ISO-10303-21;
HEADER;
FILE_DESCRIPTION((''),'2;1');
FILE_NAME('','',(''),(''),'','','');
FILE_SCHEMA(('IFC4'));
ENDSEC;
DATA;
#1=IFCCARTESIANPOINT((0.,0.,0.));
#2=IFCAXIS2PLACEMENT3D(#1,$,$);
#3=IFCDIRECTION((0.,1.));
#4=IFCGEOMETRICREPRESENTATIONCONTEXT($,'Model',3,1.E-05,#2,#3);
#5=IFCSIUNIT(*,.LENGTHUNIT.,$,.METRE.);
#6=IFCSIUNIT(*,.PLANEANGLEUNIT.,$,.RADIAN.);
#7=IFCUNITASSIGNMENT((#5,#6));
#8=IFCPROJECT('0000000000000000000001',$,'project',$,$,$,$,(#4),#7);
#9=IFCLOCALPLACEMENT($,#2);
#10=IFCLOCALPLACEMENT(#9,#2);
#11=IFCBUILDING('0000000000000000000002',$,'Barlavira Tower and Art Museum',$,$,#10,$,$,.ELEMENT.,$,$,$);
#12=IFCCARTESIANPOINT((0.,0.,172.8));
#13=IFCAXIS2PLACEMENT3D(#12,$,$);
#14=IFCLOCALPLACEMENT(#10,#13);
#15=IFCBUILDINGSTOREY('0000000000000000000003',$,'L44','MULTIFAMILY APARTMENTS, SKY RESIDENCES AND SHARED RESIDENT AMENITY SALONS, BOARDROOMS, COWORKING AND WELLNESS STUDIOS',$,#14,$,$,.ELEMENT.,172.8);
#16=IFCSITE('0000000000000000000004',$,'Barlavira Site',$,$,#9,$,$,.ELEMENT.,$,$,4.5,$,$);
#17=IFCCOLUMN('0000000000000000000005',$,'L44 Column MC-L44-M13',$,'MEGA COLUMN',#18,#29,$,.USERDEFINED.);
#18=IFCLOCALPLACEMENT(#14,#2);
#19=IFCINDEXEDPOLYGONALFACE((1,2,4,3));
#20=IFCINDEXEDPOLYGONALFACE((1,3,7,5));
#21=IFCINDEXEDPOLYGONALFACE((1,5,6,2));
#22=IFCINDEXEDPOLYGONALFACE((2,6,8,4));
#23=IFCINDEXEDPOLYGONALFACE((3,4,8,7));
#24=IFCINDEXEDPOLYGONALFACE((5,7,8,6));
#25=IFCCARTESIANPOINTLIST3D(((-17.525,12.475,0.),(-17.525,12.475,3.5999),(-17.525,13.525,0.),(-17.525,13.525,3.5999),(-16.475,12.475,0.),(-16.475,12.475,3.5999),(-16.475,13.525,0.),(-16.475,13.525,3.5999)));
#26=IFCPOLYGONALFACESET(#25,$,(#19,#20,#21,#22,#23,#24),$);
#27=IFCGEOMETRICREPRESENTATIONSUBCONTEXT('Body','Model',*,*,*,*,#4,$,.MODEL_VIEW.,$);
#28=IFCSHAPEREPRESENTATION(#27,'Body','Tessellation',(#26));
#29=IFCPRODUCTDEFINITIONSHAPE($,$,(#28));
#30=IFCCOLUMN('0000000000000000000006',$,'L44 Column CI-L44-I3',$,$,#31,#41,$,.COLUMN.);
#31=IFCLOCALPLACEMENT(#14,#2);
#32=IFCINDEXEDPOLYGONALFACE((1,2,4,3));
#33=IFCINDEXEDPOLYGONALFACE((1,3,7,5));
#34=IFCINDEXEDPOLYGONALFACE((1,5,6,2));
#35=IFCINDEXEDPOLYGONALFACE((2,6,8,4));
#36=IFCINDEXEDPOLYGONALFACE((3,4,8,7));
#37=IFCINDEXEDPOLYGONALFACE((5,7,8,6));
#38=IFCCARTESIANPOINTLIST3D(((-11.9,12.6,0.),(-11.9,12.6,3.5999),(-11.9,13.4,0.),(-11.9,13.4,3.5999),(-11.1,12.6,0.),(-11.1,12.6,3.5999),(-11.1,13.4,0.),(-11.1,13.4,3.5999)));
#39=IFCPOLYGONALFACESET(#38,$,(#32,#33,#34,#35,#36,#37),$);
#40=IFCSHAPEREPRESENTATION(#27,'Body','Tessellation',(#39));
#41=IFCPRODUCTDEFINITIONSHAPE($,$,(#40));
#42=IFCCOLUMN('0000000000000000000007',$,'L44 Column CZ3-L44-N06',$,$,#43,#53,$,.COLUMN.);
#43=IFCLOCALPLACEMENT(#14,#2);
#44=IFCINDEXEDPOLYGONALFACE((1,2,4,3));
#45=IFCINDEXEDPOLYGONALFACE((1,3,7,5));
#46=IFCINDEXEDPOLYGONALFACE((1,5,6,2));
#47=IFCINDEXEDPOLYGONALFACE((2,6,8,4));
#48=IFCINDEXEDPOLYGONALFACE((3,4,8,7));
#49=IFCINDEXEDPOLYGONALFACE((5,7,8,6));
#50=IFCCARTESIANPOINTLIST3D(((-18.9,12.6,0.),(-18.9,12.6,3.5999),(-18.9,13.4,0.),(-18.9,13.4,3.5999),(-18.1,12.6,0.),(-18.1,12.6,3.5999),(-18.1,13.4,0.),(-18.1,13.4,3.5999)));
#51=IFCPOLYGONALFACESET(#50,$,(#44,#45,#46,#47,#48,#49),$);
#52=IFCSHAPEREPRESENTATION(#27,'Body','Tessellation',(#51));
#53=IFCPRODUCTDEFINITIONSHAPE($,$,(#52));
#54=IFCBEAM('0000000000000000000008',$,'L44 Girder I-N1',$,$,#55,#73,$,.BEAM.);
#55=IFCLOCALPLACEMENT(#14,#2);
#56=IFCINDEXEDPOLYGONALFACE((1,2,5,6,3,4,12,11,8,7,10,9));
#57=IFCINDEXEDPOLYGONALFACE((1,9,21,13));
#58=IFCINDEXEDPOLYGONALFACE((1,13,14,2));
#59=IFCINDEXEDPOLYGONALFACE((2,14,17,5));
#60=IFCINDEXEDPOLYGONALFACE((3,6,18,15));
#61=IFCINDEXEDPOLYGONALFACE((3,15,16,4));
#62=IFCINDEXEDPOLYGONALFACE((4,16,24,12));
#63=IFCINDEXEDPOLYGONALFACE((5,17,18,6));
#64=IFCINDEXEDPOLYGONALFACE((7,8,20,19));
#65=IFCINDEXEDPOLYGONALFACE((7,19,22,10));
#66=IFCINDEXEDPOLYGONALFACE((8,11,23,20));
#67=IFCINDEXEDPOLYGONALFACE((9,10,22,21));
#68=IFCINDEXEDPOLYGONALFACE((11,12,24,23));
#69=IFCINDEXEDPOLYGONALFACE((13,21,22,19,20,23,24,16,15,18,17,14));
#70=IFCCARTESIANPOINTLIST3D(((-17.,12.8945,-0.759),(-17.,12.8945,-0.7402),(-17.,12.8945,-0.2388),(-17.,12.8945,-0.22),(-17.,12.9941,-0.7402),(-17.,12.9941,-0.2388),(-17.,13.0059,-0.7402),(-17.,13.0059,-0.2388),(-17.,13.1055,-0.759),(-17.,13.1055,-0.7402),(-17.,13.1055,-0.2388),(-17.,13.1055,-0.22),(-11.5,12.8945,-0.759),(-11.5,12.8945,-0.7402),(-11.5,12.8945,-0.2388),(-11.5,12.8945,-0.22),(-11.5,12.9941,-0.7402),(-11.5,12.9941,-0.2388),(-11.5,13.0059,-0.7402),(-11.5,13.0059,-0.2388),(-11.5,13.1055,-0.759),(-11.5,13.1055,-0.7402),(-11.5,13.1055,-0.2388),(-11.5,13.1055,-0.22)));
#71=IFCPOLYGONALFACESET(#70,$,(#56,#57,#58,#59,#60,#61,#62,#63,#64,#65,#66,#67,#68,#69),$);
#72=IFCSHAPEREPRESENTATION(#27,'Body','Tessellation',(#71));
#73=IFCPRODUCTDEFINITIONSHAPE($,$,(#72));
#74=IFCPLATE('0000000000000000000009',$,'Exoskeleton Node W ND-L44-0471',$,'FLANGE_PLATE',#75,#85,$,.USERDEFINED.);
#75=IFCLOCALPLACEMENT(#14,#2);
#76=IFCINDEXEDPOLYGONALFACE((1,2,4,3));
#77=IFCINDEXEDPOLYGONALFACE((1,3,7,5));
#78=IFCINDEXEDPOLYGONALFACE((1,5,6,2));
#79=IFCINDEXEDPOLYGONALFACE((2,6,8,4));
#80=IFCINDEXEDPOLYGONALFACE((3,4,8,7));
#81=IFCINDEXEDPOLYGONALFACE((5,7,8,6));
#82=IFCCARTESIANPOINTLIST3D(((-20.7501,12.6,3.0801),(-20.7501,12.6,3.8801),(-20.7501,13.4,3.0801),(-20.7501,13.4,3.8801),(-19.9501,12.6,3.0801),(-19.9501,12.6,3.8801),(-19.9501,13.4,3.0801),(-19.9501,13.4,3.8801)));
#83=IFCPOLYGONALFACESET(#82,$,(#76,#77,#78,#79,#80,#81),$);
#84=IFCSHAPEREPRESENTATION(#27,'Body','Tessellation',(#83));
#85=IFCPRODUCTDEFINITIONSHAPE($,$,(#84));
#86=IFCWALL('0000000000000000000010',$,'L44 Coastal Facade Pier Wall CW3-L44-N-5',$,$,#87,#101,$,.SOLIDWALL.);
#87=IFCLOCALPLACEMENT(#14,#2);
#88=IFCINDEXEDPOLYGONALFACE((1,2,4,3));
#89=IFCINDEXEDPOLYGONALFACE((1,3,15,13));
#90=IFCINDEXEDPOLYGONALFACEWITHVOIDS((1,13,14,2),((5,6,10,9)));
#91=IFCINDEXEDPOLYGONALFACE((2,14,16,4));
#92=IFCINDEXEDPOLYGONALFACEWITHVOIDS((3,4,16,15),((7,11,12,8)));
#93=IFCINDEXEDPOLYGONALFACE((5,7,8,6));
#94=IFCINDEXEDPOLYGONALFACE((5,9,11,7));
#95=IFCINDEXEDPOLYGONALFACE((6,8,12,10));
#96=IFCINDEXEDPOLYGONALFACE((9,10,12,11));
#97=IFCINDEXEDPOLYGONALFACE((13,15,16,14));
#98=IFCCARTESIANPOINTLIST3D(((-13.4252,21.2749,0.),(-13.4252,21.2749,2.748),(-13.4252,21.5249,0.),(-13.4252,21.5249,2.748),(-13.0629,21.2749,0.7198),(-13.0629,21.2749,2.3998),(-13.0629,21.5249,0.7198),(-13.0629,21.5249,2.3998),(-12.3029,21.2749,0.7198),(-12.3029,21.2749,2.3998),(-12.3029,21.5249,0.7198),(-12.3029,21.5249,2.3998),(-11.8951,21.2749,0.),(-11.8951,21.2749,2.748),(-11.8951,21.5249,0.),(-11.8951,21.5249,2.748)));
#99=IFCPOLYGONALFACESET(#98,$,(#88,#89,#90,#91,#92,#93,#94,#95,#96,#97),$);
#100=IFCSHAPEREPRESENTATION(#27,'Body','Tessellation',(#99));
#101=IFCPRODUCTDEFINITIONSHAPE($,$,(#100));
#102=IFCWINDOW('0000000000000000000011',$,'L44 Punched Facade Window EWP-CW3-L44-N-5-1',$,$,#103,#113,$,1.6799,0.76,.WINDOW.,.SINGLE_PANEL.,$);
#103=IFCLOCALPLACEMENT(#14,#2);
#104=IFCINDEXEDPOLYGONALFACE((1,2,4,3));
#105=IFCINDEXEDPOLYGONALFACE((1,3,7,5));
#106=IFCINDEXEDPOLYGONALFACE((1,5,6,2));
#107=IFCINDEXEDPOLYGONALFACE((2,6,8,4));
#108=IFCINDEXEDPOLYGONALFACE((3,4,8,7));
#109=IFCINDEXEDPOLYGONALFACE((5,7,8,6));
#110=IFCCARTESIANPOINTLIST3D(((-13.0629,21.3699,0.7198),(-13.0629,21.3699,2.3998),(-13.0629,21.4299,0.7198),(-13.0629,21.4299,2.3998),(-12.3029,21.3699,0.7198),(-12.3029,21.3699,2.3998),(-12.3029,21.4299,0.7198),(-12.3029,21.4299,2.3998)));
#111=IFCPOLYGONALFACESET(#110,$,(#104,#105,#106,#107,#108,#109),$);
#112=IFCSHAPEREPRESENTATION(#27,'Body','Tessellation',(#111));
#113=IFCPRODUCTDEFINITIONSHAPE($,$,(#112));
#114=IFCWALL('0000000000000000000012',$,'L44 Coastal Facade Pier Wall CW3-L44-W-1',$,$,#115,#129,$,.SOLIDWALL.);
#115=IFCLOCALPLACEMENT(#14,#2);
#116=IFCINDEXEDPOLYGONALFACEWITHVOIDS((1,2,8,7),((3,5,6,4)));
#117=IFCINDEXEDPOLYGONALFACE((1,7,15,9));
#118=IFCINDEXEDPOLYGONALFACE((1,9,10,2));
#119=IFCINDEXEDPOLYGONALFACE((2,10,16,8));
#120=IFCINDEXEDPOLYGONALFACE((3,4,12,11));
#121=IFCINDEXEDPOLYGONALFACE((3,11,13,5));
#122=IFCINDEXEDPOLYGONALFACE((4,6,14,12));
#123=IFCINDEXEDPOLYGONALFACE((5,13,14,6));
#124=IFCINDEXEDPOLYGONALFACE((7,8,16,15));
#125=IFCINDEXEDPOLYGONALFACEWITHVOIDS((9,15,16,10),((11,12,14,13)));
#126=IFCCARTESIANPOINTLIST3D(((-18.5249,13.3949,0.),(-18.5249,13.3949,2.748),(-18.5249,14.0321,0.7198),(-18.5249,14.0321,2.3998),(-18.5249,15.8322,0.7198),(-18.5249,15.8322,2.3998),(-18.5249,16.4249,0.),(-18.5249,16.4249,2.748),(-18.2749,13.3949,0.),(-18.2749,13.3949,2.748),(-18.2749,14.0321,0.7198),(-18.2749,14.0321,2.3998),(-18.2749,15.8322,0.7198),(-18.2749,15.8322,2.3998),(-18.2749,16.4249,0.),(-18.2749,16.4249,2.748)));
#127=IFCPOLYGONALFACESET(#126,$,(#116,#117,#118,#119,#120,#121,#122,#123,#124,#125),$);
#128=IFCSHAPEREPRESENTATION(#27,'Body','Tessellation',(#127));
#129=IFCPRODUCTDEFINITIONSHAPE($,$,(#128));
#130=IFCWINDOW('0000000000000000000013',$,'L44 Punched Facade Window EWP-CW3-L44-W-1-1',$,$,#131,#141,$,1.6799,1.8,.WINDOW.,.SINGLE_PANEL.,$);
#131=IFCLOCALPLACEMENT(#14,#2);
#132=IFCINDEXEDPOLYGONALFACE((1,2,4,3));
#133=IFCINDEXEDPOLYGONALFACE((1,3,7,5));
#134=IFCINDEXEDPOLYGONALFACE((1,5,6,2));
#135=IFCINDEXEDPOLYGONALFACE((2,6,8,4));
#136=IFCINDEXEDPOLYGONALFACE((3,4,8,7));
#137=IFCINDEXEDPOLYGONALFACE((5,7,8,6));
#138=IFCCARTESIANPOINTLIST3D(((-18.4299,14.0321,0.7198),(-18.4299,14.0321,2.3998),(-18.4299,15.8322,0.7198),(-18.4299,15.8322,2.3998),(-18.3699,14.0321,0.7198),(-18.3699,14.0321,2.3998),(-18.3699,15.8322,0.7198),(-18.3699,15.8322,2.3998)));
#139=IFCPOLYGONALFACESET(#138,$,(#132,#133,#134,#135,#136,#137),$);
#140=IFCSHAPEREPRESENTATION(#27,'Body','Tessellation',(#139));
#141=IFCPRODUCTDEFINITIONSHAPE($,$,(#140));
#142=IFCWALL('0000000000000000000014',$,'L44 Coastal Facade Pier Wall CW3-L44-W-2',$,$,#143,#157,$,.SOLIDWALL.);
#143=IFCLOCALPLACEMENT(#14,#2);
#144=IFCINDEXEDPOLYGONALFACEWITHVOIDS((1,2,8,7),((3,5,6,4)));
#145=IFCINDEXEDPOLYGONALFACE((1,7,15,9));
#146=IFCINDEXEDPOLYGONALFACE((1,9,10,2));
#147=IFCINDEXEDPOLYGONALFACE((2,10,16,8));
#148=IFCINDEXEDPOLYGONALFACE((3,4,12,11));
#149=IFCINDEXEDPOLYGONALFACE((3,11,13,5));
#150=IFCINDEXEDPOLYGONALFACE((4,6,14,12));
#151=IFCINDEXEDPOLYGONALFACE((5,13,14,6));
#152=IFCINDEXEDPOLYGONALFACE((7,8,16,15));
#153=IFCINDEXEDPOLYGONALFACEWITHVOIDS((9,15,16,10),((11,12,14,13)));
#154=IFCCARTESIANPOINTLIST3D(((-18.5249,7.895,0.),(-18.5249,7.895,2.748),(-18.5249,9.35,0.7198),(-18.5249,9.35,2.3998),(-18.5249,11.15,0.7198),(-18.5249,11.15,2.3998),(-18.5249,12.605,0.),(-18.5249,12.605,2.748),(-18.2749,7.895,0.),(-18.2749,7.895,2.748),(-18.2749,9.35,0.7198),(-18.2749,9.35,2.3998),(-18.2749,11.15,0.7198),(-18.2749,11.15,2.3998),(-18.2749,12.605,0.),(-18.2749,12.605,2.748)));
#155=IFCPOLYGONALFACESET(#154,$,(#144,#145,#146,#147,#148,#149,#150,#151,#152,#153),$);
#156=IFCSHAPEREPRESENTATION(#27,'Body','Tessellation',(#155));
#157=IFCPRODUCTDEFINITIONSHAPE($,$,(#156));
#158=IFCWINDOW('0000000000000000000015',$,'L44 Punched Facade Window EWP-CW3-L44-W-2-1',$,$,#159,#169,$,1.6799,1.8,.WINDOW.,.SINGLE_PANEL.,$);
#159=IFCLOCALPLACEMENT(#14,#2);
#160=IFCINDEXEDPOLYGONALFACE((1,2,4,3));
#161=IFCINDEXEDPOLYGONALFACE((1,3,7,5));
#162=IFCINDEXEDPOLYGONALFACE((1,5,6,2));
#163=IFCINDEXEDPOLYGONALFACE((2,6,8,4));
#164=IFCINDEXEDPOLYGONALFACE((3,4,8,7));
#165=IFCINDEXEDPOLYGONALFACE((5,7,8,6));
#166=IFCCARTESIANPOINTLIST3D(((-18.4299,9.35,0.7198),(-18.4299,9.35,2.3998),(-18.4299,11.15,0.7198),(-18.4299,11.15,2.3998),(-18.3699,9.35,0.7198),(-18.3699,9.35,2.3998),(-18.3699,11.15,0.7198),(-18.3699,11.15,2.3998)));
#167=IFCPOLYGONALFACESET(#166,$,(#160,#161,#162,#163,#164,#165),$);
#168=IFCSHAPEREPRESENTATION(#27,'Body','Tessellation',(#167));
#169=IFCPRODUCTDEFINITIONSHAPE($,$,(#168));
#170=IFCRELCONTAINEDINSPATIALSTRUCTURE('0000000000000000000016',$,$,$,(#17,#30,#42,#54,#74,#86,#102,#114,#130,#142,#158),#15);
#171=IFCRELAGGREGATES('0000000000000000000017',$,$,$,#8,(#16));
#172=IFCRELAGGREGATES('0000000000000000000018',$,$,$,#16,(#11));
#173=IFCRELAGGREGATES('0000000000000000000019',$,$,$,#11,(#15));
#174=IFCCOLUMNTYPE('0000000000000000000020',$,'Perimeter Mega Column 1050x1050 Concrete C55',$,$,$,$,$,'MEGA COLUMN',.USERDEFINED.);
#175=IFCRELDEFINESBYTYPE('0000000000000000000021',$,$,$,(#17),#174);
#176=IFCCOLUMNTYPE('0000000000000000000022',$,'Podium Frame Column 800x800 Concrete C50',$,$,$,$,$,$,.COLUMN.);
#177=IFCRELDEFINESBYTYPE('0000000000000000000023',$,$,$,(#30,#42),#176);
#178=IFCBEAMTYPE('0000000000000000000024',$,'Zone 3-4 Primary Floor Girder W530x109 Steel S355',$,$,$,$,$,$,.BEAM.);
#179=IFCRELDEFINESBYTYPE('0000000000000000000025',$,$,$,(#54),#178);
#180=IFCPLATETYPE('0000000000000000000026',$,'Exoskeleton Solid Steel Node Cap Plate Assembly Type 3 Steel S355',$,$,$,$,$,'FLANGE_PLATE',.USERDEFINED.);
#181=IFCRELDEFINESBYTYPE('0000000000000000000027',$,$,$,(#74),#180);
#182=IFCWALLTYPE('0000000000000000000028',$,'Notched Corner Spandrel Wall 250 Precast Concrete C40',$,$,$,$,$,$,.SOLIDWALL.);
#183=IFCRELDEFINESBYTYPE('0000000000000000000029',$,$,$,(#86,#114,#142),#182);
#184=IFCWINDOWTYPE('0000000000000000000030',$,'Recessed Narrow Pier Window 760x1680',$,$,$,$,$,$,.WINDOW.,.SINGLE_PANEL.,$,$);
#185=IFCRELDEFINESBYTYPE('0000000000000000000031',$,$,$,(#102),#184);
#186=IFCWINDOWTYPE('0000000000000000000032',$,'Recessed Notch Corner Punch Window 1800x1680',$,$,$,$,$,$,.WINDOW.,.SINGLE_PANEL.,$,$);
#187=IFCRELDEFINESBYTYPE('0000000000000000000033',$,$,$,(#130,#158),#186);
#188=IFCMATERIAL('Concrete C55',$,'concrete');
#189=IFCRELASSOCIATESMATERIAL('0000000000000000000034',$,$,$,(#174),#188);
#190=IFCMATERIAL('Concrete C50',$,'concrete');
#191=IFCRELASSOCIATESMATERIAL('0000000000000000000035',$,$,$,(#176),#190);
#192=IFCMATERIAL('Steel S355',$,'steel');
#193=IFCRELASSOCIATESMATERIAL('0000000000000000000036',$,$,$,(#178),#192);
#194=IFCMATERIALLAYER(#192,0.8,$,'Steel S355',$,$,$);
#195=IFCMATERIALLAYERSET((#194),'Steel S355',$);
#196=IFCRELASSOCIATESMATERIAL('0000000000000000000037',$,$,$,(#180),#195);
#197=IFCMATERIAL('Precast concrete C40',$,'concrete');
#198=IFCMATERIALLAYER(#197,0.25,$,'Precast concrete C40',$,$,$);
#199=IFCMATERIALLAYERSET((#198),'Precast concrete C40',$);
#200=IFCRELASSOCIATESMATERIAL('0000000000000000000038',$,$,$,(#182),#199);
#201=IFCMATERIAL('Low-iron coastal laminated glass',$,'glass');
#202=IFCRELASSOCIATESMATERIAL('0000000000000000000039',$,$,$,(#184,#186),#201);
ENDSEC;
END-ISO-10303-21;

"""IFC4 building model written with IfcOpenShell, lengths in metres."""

from ifc_helpers import new_model, si_unit, direction, frame, frame_2d, origin, origin_2d, place, context, subcontext, project, spatial, rectangle, i_section, extrude, material, layer, layer_set, material_profile, profile_set, type_object, element, fill, save


model = new_model("IFC4")

# Units and contexts
model_context = context("Model", 3, precision=1e-05, world=origin(), true_north=direction((0.0, 1.0)))
body_context = subcontext(model_context, "Body", "Model", "MODEL_VIEW")
ifc_project = project(units=[si_unit("LENGTHUNIT", "METRE"), si_unit("PLANEANGLEUNIT", "RADIAN")], contexts=[model_context])

# Site, building, storey
site_placement = place(None, origin())
site = spatial("IfcSite", under=ifc_project, at=site_placement, Name="Barlavira Site", CompositionType="ELEMENT", RefElevation=4.5)
building_placement = place(site_placement, origin())
building = spatial("IfcBuilding", under=site, at=building_placement, Name="Barlavira Tower and Art Museum", CompositionType="ELEMENT")
storey_placement = place(building_placement, frame((0.0, 0.0, 172.8)))
storey = spatial("IfcBuildingStorey", under=building, at=storey_placement, Name="L44", Description="MULTIFAMILY APARTMENTS, SKY RESIDENCES AND SHARED RESIDENT AMENITY SALONS, BOARDROOMS, COWORKING AND WELLNESS STUDIOS", CompositionType="ELEMENT", Elevation=172.8)

# Columns
ifc_material_1 = material(Name="Concrete C55", Category="concrete")
ifc_material_profile_1 = material_profile(ifc_material_1, rectangle(XDim=1.05, YDim=1.05, at=origin_2d()), Name="RC-COL 1050x1050")
ifc_profile_set_1 = profile_set([ifc_material_profile_1], Name="Concrete C55")
column_type_1 = type_object("IfcColumnType", Name="Perimeter Mega Column 1050x1050 Concrete C55", ElementType="MEGA COLUMN", PredefinedType="USERDEFINED", material=ifc_profile_set_1)
column_placement = place(storey_placement, frame((-17.0, 13.0, 0.0), z_axis=(0.0, 0.0, 1.0), x_axis=(1.0, 0.0, 0.0)))
element("IfcColumn", 1, at=column_placement, inside=storey, type_object=column_type_1, Name="L44 Column MC-L44-M13", ObjectType="MEGA COLUMN", PredefinedType="USERDEFINED", context=body_context, shape_type="SweptSolid", body=[
    extrude(rectangle(XDim=1.05, YDim=1.05, at=origin_2d()), origin(), (0.0, 0.0, 1.0), 3.5999),
])
ifc_material_2 = material(Name="Concrete C50", Category="concrete")
ifc_material_profile_2 = material_profile(ifc_material_2, rectangle(XDim=0.8, YDim=0.8, at=origin_2d()), Name="RC-COL 800x800")
ifc_profile_set_2 = profile_set([ifc_material_profile_2], Name="Concrete C50")
column_type_2 = type_object("IfcColumnType", Name="Podium Frame Column 800x800 Concrete C50", PredefinedType="COLUMN", material=ifc_profile_set_2)
for number, where, z_axis, x_axis, name in (
    (2, (-11.5, 13.0, 0.0), (0.0, 0.0, 1.0), (1.0, 0.0, 0.0), "L44 Column CI-L44-I3"),
    (3, (-18.5, 13.0, 0.0), (0.0, 0.0, 1.0), (1.0, 0.0, 0.0), "L44 Column CZ3-L44-N06"),
):
    element("IfcColumn", number, at=place(storey_placement, frame(where, z_axis=z_axis, x_axis=x_axis)), inside=storey, type_object=column_type_2, Name=name, PredefinedType="COLUMN", context=body_context, shape_type="SweptSolid", body=[
        extrude(rectangle(XDim=0.8, YDim=0.8, at=origin_2d()), origin(), (0.0, 0.0, 1.0), 3.5999),
    ])

# Beam
ifc_material_3 = material(Name="Steel S355", Category="steel")
ifc_material_profile_3 = material_profile(ifc_material_3, i_section(OverallWidth=0.2109, OverallDepth=0.5391, WebThickness=0.0117, FlangeThickness=0.0188, at=origin_2d()), Name="W530x109.0")
ifc_profile_set_3 = profile_set([ifc_material_profile_3], Name="Steel S355")
beam_type = type_object("IfcBeamType", Name="Zone 3-4 Primary Floor Girder W530x109 Steel S355", PredefinedType="BEAM", material=ifc_profile_set_3)
beam_placement = place(storey_placement, frame((-17.0, 13.0, -0.4895), z_axis=(1.0, 0.0, 0.0), x_axis=(0.0, 1.0, 0.0)))
element("IfcBeam", 4, at=beam_placement, inside=storey, type_object=beam_type, Name="L44 Girder I-N1", PredefinedType="BEAM", context=body_context, shape_type="SweptSolid", body=[
    extrude(i_section(OverallWidth=0.2109, OverallDepth=0.5391, WebThickness=0.0117, FlangeThickness=0.0188, at=origin_2d()), origin(), (0.0, 0.0, 1.0), 5.5),
])

# Plate
ifc_layer_1 = layer(ifc_material_3, 0.8, Name="Steel S355")
ifc_layer_set_1 = layer_set([ifc_layer_1], Name="Steel S355")
plate_type = type_object("IfcPlateType", Name="Exoskeleton Solid Steel Node Cap Plate Assembly Type 3 Steel S355", ElementType="FLANGE_PLATE", PredefinedType="USERDEFINED", material=ifc_layer_set_1)
plate_placement = place(storey_placement, frame((-20.3501, 13.0, 3.0801), z_axis=(0.0, 0.0, 1.0), x_axis=(1.0, 0.0, 0.0)))
element("IfcPlate", 5, at=plate_placement, inside=storey, type_object=plate_type, Name="Exoskeleton Node W ND-L44-0471", ObjectType="FLANGE_PLATE", PredefinedType="USERDEFINED", context=body_context, shape_type="SweptSolid", body=[
    extrude(rectangle(XDim=0.8, YDim=0.8, at=origin_2d()), origin(), (0.0, 0.0, 1.0), 0.8),
])

# Walls, openings, windows
ifc_material_4 = material(Name="Precast concrete C40", Category="concrete")
ifc_layer_2 = layer(ifc_material_4, 0.25, Name="Precast concrete C40")
ifc_layer_set_2 = layer_set([ifc_layer_2], Name="Precast concrete C40")
wall_type_1 = type_object("IfcWallType", Name="Notched Corner Spandrel Wall 250 Precast Concrete C40", PredefinedType="SOLIDWALL", material=ifc_layer_set_2)
wall_1_placement = place(storey_placement, frame((-11.895, 21.3999, 0.0), z_axis=(0.0, 0.0, 1.0), x_axis=(-1.0, 0.0, 0.0)))
wall_1 = element("IfcWall", 6, at=wall_1_placement, inside=storey, type_object=wall_type_1, Name="L44 Coastal Facade Pier Wall CW3-L44-N-5", PredefinedType="SOLIDWALL", context=body_context, shape_type="SweptSolid", body=[
    extrude(rectangle(XDim=1.53, YDim=0.25, at=frame_2d((0.7651, 0.0))), origin(), (0.0, 0.0, 1.0), 2.748),
])
opening_1_placement = place(wall_1_placement, frame((0.408, 0.0, 0.72)))
opening_1 = element("IfcOpeningElement", 7, at=opening_1_placement, cuts=wall_1, PredefinedType="OPENING", context=body_context, shape_type="SweptSolid", body=[
    extrude(rectangle(XDim=0.76, YDim=1.6799, at=frame_2d((0.3799, 0.8398))), frame((0.0, 0.135, 0.0), z_axis=(0.0, -1.0, 0.0), x_axis=(1.0, 0.0, 0.0)), (0.0, 0.0, 1.0), 0.27),
])
ifc_material_5 = material(Name="Low-iron coastal laminated glass", Category="glass")
window_type_1 = type_object("IfcWindowType", Name="Recessed Narrow Pier Window 760x1680", PartitioningType="SINGLE_PANEL", PredefinedType="WINDOW", material=ifc_material_5)
window_1_placement = place(opening_1_placement, origin())
window_1 = element("IfcWindow", 8, at=window_1_placement, inside=storey, type_object=window_type_1, Name="L44 Punched Facade Window EWP-CW3-L44-N-5-1", OverallHeight=1.6799, OverallWidth=0.76, PartitioningType="SINGLE_PANEL", PredefinedType="WINDOW", context=body_context, shape_type="SweptSolid", body=[
    extrude(rectangle(XDim=0.76, YDim=1.6799, at=frame_2d((0.3799, 0.8398))), frame((0.0, 0.03, 0.0), z_axis=(0.0, -1.0, 0.0), x_axis=(1.0, 0.0, 0.0)), (0.0, 0.0, 1.0), 0.0601),
])
fill(opening_1, window_1)
wall_2_placement = place(storey_placement, frame((-18.3999, 16.425, 0.0), z_axis=(0.0, 0.0, 1.0), x_axis=(0.0, -1.0, 0.0)))
wall_2 = element("IfcWall", 9, at=wall_2_placement, inside=storey, type_object=wall_type_1, Name="L44 Coastal Facade Pier Wall CW3-L44-W-1", PredefinedType="SOLIDWALL", context=body_context, shape_type="SweptSolid", body=[
    extrude(rectangle(XDim=3.03, YDim=0.25, at=frame_2d((1.5151, 0.0))), origin(), (0.0, 0.0, 1.0), 2.748),
])
opening_2_placement = place(wall_2_placement, frame((0.593, 0.0, 0.72)))
opening_2 = element("IfcOpeningElement", 10, at=opening_2_placement, cuts=wall_2, PredefinedType="OPENING", context=body_context, shape_type="SweptSolid", body=[
    extrude(rectangle(XDim=1.8, YDim=1.6799, at=frame_2d((0.8999, 0.8398))), frame((0.0, 0.135, 0.0), z_axis=(0.0, -1.0, 0.0), x_axis=(1.0, 0.0, 0.0)), (0.0, 0.0, 1.0), 0.27),
])
window_type_2 = type_object("IfcWindowType", Name="Recessed Notch Corner Punch Window 1800x1680", PartitioningType="SINGLE_PANEL", PredefinedType="WINDOW", material=ifc_material_5)
window_2_placement = place(opening_2_placement, origin())
window_2 = element("IfcWindow", 11, at=window_2_placement, inside=storey, type_object=window_type_2, Name="L44 Punched Facade Window EWP-CW3-L44-W-1-1", OverallHeight=1.6799, OverallWidth=1.8, PartitioningType="SINGLE_PANEL", PredefinedType="WINDOW", context=body_context, shape_type="SweptSolid", body=[
    extrude(rectangle(XDim=1.8, YDim=1.6799, at=frame_2d((0.8999, 0.8398))), frame((0.0, 0.03, 0.0), z_axis=(0.0, -1.0, 0.0), x_axis=(1.0, 0.0, 0.0)), (0.0, 0.0, 1.0), 0.0601),
])
fill(opening_2, window_2)
wall_3_placement = place(storey_placement, frame((-18.3999, 12.605, 0.0), z_axis=(0.0, 0.0, 1.0), x_axis=(0.0, -1.0, 0.0)))
wall_3 = element("IfcWall", 12, at=wall_3_placement, inside=storey, type_object=wall_type_1, Name="L44 Coastal Facade Pier Wall CW3-L44-W-2", PredefinedType="SOLIDWALL", context=body_context, shape_type="SweptSolid", body=[
    extrude(rectangle(XDim=4.71, YDim=0.25, at=frame_2d((2.355, 0.0))), origin(), (0.0, 0.0, 1.0), 2.748),
])
opening_3_placement = place(wall_3_placement, frame((1.4551, 0.0, 0.72)))
opening_3 = element("IfcOpeningElement", 13, at=opening_3_placement, cuts=wall_3, PredefinedType="OPENING", context=body_context, shape_type="SweptSolid", body=[
    extrude(rectangle(XDim=1.8, YDim=1.6799, at=frame_2d((0.8999, 0.8398))), frame((0.0, 0.135, 0.0), z_axis=(0.0, -1.0, 0.0), x_axis=(1.0, 0.0, 0.0)), (0.0, 0.0, 1.0), 0.27),
])
window_3_placement = place(opening_3_placement, origin())
window_3 = element("IfcWindow", 14, at=window_3_placement, inside=storey, type_object=window_type_2, Name="L44 Punched Facade Window EWP-CW3-L44-W-2-1", OverallHeight=1.6799, OverallWidth=1.8, PartitioningType="SINGLE_PANEL", PredefinedType="WINDOW", context=body_context, shape_type="SweptSolid", body=[
    extrude(rectangle(XDim=1.8, YDim=1.6799, at=frame_2d((0.8999, 0.8398))), frame((0.0, 0.03, 0.0), z_axis=(0.0, -1.0, 0.0), x_axis=(1.0, 0.0, 0.0)), (0.0, 0.0, 1.0), 0.0601),
])
fill(opening_3, window_3)

save(model, "model.ifc")
